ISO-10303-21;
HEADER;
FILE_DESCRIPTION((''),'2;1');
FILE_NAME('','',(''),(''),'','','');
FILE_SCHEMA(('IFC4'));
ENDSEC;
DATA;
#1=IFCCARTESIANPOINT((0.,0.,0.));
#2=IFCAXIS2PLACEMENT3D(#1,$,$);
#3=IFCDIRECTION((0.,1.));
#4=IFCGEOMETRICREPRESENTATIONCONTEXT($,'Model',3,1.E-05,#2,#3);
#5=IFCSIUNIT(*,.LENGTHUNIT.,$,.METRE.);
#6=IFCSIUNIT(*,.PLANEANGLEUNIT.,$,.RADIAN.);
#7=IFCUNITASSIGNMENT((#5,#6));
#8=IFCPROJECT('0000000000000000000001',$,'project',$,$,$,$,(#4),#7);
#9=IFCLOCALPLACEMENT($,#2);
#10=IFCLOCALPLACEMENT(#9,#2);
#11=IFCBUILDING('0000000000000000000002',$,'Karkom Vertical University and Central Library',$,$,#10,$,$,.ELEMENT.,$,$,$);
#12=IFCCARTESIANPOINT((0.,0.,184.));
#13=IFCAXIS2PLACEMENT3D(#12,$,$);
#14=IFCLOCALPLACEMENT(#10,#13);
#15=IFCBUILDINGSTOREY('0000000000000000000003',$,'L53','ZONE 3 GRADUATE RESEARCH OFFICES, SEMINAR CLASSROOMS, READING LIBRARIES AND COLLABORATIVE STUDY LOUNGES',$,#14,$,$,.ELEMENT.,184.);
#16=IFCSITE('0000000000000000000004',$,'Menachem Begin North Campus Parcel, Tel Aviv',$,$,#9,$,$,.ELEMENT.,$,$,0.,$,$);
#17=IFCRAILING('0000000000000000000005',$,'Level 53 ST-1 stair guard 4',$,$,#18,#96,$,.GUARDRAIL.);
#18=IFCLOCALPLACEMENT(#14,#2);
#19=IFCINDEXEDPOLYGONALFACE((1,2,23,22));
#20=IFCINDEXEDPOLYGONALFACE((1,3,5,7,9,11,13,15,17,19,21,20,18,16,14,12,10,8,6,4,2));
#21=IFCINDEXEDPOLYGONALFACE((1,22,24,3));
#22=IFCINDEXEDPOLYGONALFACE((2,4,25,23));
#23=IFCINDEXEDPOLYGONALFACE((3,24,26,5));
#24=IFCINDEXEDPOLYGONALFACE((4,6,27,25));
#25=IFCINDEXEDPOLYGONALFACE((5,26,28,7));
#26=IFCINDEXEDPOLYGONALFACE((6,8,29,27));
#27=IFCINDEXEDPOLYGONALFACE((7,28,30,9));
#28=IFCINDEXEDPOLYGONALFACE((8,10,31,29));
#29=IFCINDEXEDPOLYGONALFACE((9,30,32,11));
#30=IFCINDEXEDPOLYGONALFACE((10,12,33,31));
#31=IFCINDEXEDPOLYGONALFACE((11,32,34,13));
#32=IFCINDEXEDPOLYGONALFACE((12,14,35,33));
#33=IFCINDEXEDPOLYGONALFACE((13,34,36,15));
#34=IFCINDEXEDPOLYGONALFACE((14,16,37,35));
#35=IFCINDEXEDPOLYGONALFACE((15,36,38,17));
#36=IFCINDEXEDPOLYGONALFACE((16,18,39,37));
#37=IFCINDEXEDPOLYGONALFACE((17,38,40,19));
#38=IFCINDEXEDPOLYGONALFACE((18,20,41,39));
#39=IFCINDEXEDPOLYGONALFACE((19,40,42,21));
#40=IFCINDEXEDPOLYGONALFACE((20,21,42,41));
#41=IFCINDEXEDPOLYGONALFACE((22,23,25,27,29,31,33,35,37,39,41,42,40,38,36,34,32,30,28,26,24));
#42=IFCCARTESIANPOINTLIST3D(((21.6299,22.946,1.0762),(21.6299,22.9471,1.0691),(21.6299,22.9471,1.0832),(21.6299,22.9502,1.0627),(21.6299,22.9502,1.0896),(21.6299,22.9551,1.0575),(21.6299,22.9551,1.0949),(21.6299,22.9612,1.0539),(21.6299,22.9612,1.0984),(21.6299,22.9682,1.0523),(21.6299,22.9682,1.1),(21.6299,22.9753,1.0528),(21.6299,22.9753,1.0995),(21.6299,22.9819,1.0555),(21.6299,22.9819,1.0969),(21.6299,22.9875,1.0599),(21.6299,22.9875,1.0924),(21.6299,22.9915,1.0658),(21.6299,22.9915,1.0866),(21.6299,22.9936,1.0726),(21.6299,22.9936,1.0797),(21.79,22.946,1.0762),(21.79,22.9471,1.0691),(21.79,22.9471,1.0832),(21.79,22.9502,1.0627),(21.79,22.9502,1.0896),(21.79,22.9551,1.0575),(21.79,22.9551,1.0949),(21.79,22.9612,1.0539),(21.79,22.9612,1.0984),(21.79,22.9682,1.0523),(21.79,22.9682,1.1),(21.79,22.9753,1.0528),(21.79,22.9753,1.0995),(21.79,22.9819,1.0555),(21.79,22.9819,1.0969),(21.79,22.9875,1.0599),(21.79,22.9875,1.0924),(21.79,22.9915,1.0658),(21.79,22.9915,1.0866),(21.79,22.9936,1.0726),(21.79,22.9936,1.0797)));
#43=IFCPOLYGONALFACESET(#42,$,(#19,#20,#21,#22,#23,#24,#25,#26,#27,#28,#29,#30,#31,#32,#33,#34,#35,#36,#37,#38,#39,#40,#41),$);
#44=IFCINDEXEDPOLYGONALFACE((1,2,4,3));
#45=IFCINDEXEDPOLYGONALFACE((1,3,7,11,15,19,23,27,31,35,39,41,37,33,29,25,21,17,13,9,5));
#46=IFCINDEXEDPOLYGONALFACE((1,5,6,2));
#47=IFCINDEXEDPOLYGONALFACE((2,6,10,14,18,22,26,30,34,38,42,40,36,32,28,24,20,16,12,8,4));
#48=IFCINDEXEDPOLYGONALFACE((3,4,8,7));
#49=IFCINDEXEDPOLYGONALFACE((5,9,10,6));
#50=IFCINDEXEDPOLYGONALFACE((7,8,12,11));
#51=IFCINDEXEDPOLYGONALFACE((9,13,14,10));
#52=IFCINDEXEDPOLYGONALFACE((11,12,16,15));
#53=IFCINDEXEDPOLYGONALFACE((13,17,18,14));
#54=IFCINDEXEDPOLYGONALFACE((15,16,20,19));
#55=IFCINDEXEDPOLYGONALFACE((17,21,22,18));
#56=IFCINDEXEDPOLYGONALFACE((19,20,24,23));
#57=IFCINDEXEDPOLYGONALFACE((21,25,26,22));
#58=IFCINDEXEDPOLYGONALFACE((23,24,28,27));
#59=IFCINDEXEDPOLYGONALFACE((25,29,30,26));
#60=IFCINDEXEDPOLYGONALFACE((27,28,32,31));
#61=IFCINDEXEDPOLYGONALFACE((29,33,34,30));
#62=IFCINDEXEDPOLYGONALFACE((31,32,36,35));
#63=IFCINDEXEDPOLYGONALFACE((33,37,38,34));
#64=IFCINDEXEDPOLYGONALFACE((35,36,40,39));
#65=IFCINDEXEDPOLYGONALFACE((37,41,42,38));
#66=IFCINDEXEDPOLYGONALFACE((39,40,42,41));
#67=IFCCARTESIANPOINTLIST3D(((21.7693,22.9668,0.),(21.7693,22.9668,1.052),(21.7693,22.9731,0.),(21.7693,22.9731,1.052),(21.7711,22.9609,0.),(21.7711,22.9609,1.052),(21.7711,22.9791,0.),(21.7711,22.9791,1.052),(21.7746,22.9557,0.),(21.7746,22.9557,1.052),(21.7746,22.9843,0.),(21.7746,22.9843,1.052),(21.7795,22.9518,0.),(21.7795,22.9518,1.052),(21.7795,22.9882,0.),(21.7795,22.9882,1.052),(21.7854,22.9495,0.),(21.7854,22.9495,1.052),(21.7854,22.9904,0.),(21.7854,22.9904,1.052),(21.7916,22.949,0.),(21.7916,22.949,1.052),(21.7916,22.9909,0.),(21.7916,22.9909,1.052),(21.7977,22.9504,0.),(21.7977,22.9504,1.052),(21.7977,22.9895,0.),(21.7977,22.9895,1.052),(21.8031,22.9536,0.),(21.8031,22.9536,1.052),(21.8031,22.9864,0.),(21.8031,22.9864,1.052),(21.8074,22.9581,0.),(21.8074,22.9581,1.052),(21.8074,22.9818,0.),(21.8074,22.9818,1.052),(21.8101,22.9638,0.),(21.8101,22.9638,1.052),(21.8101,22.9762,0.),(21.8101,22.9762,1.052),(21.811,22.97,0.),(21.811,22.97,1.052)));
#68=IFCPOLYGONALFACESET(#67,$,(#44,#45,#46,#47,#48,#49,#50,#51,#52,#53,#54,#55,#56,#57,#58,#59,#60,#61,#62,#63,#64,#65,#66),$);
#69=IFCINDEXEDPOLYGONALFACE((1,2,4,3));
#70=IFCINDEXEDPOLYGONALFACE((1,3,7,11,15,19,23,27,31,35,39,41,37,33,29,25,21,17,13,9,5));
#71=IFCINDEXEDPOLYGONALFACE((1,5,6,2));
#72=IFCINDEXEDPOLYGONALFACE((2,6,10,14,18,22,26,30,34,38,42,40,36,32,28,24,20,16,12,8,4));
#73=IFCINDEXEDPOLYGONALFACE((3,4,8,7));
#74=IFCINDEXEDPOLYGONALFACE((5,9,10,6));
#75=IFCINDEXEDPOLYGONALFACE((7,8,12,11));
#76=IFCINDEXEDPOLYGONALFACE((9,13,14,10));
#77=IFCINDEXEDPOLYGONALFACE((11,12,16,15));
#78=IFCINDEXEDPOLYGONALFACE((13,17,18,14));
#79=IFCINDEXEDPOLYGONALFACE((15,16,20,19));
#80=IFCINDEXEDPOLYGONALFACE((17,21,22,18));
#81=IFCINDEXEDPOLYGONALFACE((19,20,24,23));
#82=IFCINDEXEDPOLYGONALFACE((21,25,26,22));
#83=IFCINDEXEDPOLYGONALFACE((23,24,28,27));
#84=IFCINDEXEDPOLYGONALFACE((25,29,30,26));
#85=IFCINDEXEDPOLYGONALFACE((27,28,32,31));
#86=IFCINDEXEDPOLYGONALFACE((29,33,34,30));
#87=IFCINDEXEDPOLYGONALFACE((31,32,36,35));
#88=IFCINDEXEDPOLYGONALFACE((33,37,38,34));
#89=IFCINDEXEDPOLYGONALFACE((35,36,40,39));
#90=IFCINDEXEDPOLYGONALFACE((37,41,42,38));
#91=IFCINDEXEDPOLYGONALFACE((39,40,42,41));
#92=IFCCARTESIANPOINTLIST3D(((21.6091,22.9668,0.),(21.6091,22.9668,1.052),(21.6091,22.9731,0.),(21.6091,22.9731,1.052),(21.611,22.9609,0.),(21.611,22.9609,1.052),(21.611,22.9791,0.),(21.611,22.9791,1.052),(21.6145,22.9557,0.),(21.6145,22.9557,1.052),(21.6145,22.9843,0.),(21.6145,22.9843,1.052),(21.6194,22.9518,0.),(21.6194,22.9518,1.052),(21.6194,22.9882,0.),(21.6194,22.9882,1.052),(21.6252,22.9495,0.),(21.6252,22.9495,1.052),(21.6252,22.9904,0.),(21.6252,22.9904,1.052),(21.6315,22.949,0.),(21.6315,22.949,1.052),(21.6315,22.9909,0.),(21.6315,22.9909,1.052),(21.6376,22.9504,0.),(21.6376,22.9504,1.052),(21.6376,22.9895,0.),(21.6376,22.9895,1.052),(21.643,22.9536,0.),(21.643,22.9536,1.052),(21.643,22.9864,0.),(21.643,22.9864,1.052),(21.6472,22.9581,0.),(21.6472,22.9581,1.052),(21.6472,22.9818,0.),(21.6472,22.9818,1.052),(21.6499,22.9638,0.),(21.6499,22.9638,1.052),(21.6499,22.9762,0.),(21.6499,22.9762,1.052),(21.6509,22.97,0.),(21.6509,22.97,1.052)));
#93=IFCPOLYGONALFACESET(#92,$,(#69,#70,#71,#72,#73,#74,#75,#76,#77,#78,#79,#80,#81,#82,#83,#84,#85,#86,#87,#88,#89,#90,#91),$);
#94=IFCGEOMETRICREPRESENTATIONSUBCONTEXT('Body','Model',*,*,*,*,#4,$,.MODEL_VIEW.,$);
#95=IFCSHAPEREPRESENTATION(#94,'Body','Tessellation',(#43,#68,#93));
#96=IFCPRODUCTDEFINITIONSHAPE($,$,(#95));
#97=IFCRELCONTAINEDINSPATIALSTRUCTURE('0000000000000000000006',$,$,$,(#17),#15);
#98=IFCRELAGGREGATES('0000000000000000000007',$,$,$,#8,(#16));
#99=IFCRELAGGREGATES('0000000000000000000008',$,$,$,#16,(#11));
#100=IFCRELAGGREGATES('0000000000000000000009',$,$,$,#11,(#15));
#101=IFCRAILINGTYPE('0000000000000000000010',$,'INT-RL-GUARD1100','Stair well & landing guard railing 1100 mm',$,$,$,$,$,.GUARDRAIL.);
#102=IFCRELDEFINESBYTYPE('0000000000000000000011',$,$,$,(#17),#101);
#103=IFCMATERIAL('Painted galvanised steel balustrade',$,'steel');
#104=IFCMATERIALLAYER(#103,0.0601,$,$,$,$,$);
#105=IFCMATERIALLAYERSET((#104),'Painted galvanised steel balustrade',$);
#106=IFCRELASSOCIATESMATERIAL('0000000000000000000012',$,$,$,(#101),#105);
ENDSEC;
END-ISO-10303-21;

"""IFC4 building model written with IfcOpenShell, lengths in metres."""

from ifc_helpers import new_model, si_unit, direction, frame, origin, origin_2d, place, context, subcontext, project, spatial, circle, extrude, material, layer, layer_set, type_object, element, save


model = new_model("IFC4")

# Units and contexts
model_context = context("Model", 3, precision=1e-05, world=origin(), true_north=direction((0.0, 1.0)))
body_context = subcontext(model_context, "Body", "Model", "MODEL_VIEW")
ifc_project = project(units=[si_unit("LENGTHUNIT", "METRE"), si_unit("PLANEANGLEUNIT", "RADIAN")], contexts=[model_context])

# Site, building, storey
site_placement = place(None, origin())
site = spatial("IfcSite", under=ifc_project, at=site_placement, Name="Menachem Begin North Campus Parcel, Tel Aviv", CompositionType="ELEMENT", RefElevation=0.0)
building_placement = place(site_placement, origin())
building = spatial("IfcBuilding", under=site, at=building_placement, Name="Karkom Vertical University and Central Library", CompositionType="ELEMENT")
storey_placement = place(building_placement, frame((0.0, 0.0, 184.0)))
storey = spatial("IfcBuildingStorey", under=building, at=storey_placement, Name="L53", Description="ZONE 3 GRADUATE RESEARCH OFFICES, SEMINAR CLASSROOMS, READING LIBRARIES AND COLLABORATIVE STUDY LOUNGES", CompositionType="ELEMENT", Elevation=184.0)

# Railing
ifc_material_1 = material(Name="Painted galvanised steel balustrade", Category="steel")
ifc_layer_1 = layer(ifc_material_1, 0.0601)
ifc_layer_set_1 = layer_set([ifc_layer_1], Name="Painted galvanised steel balustrade")
railing_type_1 = type_object("IfcRailingType", Name="INT-RL-GUARD1100", Description="Stair well & landing guard railing 1100 mm", PredefinedType="GUARDRAIL", material=ifc_layer_set_1)
railing_1_placement = place(storey_placement, frame((21.79, 22.97, 0.0)))
element("IfcRailing", 1, at=railing_1_placement, inside=storey, type_object=railing_type_1, Name="Level 53 ST-1 stair guard 4", PredefinedType="GUARDRAIL", context=body_context, shape_type="SweptSolid", body=[
    extrude(circle(Radius=0.0239, at=origin_2d()), frame((0.0, 0.0, 1.0762), z_axis=(-1.0, 0.0, 0.0), x_axis=(0.0, -1.0, 0.0)), (0.0, 0.0, 1.0), 0.1602),
    extrude(circle(Radius=0.021, at=origin_2d()), origin(), (0.0, 0.0, 1.0), 1.052),
    extrude(circle(Radius=0.021, at=origin_2d()), frame((-0.1602, 0.0, 0.0)), (0.0, 0.0, 1.0), 1.052),
])

save(model, "model.ifc")
